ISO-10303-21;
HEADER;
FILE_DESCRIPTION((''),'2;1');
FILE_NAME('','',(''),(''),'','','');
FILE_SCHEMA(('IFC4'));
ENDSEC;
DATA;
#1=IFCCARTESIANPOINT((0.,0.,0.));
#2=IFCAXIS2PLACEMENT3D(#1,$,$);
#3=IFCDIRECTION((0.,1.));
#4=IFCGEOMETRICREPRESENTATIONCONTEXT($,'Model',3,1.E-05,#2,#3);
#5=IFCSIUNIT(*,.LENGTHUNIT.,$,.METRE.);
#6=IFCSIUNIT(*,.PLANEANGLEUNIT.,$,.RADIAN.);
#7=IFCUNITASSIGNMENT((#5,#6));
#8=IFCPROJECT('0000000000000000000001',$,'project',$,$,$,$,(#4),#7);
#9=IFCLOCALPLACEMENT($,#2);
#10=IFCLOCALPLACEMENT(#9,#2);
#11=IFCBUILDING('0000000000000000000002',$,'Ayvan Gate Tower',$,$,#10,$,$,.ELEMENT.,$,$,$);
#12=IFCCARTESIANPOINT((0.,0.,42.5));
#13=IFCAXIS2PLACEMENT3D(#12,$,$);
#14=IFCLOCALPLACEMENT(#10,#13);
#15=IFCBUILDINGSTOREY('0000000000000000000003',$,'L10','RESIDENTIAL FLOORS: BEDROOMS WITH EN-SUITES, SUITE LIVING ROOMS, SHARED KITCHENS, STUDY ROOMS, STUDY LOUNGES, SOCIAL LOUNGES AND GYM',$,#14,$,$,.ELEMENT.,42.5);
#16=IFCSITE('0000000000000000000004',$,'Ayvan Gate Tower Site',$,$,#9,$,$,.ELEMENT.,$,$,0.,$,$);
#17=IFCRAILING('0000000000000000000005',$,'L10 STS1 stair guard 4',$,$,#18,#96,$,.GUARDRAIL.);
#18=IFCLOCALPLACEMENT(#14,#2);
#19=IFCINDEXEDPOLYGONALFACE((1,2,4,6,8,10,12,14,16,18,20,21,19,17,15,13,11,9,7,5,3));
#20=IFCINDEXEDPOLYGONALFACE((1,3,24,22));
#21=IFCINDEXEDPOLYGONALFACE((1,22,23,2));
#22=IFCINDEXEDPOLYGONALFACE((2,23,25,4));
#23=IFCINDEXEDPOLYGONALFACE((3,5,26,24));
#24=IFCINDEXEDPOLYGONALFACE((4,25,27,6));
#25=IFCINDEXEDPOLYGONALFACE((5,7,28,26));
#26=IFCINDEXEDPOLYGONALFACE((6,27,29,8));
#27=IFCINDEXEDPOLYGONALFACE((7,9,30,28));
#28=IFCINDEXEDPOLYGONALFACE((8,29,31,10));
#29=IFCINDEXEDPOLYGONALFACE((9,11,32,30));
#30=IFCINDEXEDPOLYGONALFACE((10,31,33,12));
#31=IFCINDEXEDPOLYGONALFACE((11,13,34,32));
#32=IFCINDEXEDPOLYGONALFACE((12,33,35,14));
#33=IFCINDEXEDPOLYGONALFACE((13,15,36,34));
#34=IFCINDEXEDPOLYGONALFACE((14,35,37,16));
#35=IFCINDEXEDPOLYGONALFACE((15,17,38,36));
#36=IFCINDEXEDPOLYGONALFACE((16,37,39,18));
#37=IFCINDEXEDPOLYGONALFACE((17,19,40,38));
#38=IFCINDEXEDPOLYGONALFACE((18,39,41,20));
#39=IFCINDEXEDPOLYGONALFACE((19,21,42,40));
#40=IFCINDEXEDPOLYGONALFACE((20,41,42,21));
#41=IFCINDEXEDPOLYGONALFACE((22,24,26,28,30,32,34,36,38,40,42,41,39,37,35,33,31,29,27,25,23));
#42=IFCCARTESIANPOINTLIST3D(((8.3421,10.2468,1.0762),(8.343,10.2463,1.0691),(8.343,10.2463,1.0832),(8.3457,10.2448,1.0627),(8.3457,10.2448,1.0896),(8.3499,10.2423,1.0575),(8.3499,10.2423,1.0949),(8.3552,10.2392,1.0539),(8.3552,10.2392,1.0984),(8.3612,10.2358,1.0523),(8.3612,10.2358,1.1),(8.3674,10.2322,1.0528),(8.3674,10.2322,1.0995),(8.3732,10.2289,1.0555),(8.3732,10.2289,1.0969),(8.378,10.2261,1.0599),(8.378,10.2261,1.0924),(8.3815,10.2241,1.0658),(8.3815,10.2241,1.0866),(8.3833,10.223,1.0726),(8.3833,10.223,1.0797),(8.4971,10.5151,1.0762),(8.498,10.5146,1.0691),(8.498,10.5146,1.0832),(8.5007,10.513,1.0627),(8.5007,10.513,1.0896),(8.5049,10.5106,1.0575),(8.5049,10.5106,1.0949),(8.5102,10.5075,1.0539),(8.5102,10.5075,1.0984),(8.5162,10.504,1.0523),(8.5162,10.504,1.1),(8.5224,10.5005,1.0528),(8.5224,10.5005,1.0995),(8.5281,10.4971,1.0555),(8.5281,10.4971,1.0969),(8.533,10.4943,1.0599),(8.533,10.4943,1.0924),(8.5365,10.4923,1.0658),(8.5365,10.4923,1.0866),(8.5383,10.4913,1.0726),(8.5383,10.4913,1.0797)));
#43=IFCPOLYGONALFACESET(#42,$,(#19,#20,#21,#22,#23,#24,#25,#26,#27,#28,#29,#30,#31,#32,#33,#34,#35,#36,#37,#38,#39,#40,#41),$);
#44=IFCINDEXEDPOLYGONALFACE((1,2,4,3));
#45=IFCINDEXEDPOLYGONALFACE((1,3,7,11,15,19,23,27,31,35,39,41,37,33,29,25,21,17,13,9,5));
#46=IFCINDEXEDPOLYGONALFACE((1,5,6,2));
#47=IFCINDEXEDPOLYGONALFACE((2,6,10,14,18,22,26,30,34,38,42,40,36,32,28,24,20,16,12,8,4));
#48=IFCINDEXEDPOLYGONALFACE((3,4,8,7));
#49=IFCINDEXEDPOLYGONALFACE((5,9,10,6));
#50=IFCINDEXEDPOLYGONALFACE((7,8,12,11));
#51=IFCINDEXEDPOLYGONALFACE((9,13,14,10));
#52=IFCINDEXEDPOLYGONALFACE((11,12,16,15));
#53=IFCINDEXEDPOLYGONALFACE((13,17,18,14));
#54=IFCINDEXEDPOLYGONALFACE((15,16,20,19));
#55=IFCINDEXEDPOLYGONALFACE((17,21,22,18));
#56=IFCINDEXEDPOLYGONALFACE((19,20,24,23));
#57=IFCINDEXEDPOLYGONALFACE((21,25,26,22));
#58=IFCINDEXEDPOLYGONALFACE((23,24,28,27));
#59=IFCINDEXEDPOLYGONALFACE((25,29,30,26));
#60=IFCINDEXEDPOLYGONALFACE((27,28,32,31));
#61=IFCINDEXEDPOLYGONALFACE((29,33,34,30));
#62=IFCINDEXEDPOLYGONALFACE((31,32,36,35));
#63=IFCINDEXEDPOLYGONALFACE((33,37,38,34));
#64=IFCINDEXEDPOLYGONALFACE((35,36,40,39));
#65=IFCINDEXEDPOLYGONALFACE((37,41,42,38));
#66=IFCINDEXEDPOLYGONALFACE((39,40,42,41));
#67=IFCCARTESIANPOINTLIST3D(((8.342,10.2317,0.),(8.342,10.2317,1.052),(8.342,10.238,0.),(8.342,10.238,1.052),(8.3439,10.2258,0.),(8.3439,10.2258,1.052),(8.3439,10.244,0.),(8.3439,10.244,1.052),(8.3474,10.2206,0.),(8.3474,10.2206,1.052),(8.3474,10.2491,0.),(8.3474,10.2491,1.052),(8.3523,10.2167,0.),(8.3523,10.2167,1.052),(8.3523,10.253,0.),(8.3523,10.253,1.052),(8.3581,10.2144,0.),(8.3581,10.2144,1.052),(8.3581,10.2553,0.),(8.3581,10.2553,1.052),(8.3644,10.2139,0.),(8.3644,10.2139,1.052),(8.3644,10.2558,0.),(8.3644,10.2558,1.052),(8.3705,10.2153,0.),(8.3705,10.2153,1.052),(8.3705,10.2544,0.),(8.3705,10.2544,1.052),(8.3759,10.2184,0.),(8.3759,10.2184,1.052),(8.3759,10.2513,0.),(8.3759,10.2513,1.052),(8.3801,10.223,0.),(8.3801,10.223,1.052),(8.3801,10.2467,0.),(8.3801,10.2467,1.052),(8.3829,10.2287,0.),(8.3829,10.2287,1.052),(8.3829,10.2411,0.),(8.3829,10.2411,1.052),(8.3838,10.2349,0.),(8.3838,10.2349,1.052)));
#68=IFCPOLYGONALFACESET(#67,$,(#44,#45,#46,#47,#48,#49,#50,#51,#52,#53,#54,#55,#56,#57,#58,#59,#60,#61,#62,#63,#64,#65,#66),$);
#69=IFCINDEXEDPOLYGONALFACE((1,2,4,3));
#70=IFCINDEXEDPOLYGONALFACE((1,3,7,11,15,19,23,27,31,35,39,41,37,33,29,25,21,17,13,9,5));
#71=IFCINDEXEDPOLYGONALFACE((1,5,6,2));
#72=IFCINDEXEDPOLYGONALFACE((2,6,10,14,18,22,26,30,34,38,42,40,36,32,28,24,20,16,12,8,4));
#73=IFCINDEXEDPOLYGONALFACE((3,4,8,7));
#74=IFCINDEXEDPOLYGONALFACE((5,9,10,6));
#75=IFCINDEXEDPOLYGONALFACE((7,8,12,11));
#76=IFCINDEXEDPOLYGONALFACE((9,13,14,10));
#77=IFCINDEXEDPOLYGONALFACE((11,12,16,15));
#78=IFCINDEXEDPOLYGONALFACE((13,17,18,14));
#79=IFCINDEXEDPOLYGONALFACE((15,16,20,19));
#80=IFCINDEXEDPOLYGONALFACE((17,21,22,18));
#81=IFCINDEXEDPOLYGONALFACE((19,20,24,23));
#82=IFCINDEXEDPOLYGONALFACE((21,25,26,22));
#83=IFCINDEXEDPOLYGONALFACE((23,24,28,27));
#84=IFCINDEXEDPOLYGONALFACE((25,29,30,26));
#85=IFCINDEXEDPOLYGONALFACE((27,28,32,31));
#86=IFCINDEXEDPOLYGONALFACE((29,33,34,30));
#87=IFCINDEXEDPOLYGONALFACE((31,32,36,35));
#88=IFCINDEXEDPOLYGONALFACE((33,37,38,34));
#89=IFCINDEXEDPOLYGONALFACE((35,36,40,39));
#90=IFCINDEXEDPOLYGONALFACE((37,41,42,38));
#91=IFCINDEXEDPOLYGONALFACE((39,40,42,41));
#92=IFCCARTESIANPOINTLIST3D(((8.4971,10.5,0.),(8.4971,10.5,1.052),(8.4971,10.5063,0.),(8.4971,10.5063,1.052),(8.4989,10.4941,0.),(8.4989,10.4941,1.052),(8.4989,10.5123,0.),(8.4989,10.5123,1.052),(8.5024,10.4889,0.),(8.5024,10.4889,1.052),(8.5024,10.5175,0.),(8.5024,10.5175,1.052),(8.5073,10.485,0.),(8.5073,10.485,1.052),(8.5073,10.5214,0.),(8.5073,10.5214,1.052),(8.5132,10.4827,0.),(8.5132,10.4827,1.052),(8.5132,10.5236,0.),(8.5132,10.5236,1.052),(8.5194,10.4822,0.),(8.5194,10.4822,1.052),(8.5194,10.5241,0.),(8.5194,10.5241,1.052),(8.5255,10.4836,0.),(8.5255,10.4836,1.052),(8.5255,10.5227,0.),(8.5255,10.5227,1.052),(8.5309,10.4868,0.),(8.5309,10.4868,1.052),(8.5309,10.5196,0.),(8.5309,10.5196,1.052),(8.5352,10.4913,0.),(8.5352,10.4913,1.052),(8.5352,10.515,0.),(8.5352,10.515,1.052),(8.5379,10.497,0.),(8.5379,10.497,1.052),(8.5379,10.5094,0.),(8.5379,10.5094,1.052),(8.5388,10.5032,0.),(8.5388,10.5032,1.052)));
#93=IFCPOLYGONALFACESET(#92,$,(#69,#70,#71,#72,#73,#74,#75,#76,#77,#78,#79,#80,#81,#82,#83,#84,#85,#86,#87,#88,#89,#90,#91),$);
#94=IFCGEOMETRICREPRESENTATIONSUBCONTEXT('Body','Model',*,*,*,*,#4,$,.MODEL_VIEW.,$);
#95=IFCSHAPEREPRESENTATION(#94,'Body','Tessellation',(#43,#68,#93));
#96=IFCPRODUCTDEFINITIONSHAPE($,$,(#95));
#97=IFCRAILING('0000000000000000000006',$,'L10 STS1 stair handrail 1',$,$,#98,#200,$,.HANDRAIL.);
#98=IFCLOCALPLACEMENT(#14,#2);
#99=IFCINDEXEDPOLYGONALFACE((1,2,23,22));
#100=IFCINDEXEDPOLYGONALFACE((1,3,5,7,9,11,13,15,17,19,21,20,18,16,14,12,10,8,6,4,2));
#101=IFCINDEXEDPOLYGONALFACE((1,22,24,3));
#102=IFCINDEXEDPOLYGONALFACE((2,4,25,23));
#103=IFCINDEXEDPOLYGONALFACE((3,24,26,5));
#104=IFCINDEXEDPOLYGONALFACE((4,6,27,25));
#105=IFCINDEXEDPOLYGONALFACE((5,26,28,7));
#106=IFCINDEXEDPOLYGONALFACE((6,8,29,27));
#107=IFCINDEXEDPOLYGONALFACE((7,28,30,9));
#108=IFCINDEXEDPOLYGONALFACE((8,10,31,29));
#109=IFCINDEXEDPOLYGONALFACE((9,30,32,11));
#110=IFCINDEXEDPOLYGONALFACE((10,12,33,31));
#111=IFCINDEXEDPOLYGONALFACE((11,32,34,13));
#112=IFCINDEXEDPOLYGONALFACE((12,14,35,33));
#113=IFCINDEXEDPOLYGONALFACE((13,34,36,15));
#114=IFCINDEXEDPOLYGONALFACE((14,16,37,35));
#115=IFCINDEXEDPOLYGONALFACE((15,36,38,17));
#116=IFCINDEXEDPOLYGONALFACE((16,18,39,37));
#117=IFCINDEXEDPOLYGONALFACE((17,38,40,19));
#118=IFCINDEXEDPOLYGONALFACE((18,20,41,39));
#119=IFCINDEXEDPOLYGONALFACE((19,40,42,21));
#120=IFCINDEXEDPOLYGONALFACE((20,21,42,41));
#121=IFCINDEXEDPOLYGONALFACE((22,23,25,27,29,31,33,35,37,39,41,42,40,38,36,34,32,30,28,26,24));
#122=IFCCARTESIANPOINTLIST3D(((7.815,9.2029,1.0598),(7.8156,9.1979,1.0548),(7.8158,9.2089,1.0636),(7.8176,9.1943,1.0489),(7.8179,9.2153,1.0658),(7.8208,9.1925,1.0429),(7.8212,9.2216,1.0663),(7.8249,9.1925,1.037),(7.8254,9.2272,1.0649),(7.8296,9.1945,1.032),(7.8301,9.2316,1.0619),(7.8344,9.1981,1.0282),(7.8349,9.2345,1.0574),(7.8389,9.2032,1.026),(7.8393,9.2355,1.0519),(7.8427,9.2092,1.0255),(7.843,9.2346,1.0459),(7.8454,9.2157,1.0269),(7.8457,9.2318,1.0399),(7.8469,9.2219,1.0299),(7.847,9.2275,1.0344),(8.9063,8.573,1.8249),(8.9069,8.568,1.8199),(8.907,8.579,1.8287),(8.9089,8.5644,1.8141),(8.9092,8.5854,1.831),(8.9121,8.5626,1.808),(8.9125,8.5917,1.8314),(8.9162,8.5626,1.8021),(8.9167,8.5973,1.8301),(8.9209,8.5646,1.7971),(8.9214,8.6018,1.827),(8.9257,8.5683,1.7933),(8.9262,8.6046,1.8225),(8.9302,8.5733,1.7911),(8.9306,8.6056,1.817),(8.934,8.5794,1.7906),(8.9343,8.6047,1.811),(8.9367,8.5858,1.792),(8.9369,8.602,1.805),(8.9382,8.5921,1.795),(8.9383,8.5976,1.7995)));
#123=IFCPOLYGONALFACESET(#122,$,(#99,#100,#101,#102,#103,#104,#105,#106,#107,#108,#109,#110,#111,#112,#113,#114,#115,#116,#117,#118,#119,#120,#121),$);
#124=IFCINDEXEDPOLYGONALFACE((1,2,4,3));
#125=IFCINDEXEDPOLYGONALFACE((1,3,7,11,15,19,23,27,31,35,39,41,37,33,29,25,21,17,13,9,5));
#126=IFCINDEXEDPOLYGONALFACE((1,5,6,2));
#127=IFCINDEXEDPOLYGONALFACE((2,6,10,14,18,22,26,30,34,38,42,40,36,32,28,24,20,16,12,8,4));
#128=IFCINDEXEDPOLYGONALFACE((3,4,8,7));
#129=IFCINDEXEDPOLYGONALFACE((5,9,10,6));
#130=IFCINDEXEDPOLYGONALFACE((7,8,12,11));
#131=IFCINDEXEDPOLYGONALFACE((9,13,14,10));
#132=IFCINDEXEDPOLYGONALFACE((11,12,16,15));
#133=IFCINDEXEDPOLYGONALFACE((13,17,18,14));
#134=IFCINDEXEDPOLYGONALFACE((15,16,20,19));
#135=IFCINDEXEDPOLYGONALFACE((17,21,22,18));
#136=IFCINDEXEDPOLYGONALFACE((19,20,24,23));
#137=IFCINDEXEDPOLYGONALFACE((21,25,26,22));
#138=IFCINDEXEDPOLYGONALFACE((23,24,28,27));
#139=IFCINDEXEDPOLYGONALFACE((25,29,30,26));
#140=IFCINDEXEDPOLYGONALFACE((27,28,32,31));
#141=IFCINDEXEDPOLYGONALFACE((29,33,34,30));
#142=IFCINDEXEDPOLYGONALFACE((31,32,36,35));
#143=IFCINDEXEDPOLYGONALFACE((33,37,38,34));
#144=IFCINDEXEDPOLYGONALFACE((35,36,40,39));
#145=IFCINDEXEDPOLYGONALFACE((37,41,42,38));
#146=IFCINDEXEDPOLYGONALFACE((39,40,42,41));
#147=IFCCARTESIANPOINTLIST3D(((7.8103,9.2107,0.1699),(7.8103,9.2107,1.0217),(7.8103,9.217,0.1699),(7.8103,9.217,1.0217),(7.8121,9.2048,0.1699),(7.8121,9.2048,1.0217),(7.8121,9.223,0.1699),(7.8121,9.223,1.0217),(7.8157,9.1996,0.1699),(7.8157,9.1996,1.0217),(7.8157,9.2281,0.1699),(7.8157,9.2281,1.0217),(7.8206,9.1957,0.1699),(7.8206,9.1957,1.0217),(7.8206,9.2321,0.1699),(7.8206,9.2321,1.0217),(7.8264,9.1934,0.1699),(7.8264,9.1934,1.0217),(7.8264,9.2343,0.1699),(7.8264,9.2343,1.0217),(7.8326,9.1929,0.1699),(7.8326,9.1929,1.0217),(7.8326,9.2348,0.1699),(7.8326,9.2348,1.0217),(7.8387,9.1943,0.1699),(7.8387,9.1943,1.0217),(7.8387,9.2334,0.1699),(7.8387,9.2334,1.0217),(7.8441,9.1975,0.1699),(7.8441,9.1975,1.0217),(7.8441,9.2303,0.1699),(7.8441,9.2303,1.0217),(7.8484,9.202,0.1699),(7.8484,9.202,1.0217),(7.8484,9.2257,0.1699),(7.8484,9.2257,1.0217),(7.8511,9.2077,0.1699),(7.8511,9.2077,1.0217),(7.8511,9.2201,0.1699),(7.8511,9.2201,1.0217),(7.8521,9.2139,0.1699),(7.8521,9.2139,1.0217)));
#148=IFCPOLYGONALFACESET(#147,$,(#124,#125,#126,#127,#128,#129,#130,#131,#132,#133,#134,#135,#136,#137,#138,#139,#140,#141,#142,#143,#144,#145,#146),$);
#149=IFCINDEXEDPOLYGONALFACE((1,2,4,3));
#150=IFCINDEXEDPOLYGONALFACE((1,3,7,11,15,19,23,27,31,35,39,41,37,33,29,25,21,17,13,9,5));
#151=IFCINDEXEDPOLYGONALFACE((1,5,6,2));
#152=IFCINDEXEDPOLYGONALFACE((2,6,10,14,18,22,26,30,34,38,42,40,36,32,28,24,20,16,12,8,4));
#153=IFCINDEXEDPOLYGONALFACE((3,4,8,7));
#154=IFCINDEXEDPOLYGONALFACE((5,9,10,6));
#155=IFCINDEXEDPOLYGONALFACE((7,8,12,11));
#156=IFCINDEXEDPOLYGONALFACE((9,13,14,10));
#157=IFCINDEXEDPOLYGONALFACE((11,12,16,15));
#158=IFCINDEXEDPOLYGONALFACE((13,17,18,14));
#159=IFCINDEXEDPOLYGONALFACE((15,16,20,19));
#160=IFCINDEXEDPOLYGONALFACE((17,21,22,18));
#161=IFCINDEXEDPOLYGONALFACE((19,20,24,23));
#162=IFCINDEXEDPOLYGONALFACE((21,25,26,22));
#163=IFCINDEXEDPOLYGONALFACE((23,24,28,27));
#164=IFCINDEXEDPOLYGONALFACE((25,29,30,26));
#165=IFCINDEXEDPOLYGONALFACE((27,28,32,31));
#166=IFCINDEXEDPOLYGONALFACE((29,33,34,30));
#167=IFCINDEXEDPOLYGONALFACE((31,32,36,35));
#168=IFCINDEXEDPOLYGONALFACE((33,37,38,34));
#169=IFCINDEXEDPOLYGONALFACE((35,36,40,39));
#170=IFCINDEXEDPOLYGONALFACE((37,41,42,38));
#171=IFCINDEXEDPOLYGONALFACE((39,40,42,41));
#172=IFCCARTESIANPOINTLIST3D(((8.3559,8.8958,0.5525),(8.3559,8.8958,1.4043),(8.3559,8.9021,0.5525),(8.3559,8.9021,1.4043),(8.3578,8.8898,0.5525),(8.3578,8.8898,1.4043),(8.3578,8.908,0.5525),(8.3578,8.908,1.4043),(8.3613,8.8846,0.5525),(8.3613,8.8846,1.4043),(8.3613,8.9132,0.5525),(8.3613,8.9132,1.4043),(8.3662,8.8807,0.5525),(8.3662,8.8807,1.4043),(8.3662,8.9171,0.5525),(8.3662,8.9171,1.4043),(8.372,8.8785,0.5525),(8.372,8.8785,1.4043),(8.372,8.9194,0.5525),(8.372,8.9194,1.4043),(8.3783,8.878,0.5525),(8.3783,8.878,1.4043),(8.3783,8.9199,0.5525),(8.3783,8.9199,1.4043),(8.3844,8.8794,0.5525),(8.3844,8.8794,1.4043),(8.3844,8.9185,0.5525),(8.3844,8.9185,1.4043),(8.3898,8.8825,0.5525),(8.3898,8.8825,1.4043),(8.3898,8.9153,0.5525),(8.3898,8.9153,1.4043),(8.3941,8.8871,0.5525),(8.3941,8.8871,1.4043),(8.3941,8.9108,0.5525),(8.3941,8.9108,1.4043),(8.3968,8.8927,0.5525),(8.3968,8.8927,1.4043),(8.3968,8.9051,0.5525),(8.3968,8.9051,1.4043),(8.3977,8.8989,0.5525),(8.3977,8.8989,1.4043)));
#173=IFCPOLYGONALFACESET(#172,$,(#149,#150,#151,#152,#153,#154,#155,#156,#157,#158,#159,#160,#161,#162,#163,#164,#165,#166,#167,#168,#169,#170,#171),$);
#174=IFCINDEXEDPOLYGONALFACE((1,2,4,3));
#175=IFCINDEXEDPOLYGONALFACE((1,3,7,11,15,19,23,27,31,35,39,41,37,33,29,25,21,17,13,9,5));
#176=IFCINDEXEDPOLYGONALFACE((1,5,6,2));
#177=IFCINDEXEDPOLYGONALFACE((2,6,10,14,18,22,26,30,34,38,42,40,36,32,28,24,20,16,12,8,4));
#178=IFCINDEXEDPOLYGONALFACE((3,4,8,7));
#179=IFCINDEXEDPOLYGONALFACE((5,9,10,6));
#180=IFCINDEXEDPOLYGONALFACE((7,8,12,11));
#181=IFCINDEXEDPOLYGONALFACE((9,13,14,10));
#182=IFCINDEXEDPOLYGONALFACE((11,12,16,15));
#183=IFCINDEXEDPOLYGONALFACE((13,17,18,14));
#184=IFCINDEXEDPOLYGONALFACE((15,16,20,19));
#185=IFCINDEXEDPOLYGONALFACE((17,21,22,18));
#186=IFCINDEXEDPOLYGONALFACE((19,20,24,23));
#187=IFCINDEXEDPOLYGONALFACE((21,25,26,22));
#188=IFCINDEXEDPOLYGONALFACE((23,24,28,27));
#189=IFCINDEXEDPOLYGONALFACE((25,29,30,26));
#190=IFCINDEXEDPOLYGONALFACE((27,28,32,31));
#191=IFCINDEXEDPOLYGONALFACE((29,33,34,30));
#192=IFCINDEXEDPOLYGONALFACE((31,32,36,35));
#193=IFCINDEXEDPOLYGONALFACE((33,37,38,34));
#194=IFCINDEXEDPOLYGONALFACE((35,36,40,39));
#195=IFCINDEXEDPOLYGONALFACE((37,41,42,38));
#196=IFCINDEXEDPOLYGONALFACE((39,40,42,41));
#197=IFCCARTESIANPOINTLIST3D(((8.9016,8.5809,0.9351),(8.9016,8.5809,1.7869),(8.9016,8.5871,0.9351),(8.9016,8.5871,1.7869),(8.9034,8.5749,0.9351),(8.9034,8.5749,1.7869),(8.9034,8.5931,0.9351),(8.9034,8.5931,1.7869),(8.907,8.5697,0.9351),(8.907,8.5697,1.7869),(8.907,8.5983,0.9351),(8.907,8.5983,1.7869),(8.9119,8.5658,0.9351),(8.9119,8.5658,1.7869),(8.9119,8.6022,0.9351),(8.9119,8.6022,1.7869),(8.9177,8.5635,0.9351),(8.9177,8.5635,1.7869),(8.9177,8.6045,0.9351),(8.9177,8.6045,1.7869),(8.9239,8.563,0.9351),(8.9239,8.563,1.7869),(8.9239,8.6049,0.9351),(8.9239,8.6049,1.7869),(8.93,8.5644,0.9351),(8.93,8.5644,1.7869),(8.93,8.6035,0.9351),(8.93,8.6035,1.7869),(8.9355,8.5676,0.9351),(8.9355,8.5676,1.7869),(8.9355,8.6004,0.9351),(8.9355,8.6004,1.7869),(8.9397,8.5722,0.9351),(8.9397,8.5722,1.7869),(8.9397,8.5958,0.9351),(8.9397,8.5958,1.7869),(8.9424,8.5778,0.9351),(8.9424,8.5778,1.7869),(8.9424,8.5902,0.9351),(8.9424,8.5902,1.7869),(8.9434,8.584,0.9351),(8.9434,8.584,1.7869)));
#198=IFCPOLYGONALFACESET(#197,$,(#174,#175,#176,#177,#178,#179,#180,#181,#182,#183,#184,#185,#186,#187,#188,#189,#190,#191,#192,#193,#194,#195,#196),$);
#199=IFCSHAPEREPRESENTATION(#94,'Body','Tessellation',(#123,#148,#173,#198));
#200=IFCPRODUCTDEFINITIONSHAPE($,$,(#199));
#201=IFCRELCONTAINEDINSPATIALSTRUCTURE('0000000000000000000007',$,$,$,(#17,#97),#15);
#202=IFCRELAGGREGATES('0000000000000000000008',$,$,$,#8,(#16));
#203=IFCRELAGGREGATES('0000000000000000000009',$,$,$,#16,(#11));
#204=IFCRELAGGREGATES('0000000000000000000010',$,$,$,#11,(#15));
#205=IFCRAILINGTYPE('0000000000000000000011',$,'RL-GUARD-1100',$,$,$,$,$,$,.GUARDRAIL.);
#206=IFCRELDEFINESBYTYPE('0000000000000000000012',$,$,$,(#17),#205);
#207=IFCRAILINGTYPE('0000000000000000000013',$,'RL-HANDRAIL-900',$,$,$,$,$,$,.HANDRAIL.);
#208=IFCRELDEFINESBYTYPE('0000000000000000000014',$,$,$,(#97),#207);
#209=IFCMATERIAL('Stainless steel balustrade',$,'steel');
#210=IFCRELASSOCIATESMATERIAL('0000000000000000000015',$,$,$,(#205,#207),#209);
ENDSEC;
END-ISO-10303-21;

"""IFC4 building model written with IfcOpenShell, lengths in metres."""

from ifc_helpers import new_model, si_unit, direction, frame, origin, origin_2d, place, context, subcontext, project, spatial, circle, extrude, material, type_object, element, save


model = new_model("IFC4")

# Units and contexts
model_context = context("Model", 3, precision=1e-05, world=origin(), true_north=direction((0.0, 1.0)))
body_context = subcontext(model_context, "Body", "Model", "MODEL_VIEW")
ifc_project = project(units=[si_unit("LENGTHUNIT", "METRE"), si_unit("PLANEANGLEUNIT", "RADIAN")], contexts=[model_context])

# Site, building, storey
site_placement = place(None, origin())
site = spatial("IfcSite", under=ifc_project, at=site_placement, Name="Ayvan Gate Tower Site", CompositionType="ELEMENT", RefElevation=0.0)
building_placement = place(site_placement, origin())
building = spatial("IfcBuilding", under=site, at=building_placement, Name="Ayvan Gate Tower", CompositionType="ELEMENT")
storey_placement = place(building_placement, frame((0.0, 0.0, 42.5)))
storey = spatial("IfcBuildingStorey", under=building, at=storey_placement, Name="L10", Description="RESIDENTIAL FLOORS: BEDROOMS WITH EN-SUITES, SUITE LIVING ROOMS, SHARED KITCHENS, STUDY ROOMS, STUDY LOUNGES, SOCIAL LOUNGES AND GYM", CompositionType="ELEMENT", Elevation=42.5)

# Railings
ifc_material_1 = material(Name="Stainless steel balustrade", Category="steel")
railing_type_1 = type_object("IfcRailingType", Name="RL-GUARD-1100", PredefinedType="GUARDRAIL", material=ifc_material_1)
railing_1_placement = place(storey_placement, frame((8.3628, 10.2349, 0.0)))
element("IfcRailing", 1, at=railing_1_placement, inside=storey, type_object=railing_type_1, Name="L10 STS1 stair guard 4", PredefinedType="GUARDRAIL", context=body_context, shape_type="SweptSolid", body=[
    extrude(circle(Radius=0.0239, at=origin_2d()), frame((0.0, 0.0, 1.0762), z_axis=(0.500291, 0.865857, 0.0), x_axis=(-0.865857, 0.500291, 0.0)), (0.0, 0.0, 1.0), 0.3098),
    extrude(circle(Radius=0.021, at=origin_2d()), origin(), (0.0, 0.0, 1.0), 1.052),
    extrude(circle(Radius=0.021, at=origin_2d()), frame((0.155, 0.2683, 0.0)), (0.0, 0.0, 1.0), 1.052),
])
railing_type_2 = type_object("IfcRailingType", Name="RL-HANDRAIL-900", PredefinedType="HANDRAIL", material=ifc_material_1)
railing_2_placement = place(storey_placement, frame((7.8311, 9.2139, 0.1699)))
element("IfcRailing", 2, at=railing_2_placement, inside=storey, type_object=railing_type_2, Name="L10 STS1 stair handrail 1", PredefinedType="HANDRAIL", context=body_context, shape_type="SweptSolid", body=[
    extrude(circle(Radius=0.0239, at=origin_2d()), frame((0.0, 0.0, 0.876), z_axis=(0.740293, -0.427283, 0.519033), x_axis=(0.49989, 0.866089, 0.0)), (0.0, 0.0, 1.0), 1.4741),
    extrude(circle(Radius=0.021, at=origin_2d()), origin(), (0.0, 0.0, 1.0), 0.8518),
    extrude(circle(Radius=0.021, at=origin_2d()), frame((0.5457, -0.3149, 0.3826)), (0.0, 0.0, 1.0), 0.8518),
    extrude(circle(Radius=0.021, at=origin_2d()), frame((1.0913, -0.6299, 0.7651)), (0.0, 0.0, 1.0), 0.8518),
])

save(model, "model.ifc")
